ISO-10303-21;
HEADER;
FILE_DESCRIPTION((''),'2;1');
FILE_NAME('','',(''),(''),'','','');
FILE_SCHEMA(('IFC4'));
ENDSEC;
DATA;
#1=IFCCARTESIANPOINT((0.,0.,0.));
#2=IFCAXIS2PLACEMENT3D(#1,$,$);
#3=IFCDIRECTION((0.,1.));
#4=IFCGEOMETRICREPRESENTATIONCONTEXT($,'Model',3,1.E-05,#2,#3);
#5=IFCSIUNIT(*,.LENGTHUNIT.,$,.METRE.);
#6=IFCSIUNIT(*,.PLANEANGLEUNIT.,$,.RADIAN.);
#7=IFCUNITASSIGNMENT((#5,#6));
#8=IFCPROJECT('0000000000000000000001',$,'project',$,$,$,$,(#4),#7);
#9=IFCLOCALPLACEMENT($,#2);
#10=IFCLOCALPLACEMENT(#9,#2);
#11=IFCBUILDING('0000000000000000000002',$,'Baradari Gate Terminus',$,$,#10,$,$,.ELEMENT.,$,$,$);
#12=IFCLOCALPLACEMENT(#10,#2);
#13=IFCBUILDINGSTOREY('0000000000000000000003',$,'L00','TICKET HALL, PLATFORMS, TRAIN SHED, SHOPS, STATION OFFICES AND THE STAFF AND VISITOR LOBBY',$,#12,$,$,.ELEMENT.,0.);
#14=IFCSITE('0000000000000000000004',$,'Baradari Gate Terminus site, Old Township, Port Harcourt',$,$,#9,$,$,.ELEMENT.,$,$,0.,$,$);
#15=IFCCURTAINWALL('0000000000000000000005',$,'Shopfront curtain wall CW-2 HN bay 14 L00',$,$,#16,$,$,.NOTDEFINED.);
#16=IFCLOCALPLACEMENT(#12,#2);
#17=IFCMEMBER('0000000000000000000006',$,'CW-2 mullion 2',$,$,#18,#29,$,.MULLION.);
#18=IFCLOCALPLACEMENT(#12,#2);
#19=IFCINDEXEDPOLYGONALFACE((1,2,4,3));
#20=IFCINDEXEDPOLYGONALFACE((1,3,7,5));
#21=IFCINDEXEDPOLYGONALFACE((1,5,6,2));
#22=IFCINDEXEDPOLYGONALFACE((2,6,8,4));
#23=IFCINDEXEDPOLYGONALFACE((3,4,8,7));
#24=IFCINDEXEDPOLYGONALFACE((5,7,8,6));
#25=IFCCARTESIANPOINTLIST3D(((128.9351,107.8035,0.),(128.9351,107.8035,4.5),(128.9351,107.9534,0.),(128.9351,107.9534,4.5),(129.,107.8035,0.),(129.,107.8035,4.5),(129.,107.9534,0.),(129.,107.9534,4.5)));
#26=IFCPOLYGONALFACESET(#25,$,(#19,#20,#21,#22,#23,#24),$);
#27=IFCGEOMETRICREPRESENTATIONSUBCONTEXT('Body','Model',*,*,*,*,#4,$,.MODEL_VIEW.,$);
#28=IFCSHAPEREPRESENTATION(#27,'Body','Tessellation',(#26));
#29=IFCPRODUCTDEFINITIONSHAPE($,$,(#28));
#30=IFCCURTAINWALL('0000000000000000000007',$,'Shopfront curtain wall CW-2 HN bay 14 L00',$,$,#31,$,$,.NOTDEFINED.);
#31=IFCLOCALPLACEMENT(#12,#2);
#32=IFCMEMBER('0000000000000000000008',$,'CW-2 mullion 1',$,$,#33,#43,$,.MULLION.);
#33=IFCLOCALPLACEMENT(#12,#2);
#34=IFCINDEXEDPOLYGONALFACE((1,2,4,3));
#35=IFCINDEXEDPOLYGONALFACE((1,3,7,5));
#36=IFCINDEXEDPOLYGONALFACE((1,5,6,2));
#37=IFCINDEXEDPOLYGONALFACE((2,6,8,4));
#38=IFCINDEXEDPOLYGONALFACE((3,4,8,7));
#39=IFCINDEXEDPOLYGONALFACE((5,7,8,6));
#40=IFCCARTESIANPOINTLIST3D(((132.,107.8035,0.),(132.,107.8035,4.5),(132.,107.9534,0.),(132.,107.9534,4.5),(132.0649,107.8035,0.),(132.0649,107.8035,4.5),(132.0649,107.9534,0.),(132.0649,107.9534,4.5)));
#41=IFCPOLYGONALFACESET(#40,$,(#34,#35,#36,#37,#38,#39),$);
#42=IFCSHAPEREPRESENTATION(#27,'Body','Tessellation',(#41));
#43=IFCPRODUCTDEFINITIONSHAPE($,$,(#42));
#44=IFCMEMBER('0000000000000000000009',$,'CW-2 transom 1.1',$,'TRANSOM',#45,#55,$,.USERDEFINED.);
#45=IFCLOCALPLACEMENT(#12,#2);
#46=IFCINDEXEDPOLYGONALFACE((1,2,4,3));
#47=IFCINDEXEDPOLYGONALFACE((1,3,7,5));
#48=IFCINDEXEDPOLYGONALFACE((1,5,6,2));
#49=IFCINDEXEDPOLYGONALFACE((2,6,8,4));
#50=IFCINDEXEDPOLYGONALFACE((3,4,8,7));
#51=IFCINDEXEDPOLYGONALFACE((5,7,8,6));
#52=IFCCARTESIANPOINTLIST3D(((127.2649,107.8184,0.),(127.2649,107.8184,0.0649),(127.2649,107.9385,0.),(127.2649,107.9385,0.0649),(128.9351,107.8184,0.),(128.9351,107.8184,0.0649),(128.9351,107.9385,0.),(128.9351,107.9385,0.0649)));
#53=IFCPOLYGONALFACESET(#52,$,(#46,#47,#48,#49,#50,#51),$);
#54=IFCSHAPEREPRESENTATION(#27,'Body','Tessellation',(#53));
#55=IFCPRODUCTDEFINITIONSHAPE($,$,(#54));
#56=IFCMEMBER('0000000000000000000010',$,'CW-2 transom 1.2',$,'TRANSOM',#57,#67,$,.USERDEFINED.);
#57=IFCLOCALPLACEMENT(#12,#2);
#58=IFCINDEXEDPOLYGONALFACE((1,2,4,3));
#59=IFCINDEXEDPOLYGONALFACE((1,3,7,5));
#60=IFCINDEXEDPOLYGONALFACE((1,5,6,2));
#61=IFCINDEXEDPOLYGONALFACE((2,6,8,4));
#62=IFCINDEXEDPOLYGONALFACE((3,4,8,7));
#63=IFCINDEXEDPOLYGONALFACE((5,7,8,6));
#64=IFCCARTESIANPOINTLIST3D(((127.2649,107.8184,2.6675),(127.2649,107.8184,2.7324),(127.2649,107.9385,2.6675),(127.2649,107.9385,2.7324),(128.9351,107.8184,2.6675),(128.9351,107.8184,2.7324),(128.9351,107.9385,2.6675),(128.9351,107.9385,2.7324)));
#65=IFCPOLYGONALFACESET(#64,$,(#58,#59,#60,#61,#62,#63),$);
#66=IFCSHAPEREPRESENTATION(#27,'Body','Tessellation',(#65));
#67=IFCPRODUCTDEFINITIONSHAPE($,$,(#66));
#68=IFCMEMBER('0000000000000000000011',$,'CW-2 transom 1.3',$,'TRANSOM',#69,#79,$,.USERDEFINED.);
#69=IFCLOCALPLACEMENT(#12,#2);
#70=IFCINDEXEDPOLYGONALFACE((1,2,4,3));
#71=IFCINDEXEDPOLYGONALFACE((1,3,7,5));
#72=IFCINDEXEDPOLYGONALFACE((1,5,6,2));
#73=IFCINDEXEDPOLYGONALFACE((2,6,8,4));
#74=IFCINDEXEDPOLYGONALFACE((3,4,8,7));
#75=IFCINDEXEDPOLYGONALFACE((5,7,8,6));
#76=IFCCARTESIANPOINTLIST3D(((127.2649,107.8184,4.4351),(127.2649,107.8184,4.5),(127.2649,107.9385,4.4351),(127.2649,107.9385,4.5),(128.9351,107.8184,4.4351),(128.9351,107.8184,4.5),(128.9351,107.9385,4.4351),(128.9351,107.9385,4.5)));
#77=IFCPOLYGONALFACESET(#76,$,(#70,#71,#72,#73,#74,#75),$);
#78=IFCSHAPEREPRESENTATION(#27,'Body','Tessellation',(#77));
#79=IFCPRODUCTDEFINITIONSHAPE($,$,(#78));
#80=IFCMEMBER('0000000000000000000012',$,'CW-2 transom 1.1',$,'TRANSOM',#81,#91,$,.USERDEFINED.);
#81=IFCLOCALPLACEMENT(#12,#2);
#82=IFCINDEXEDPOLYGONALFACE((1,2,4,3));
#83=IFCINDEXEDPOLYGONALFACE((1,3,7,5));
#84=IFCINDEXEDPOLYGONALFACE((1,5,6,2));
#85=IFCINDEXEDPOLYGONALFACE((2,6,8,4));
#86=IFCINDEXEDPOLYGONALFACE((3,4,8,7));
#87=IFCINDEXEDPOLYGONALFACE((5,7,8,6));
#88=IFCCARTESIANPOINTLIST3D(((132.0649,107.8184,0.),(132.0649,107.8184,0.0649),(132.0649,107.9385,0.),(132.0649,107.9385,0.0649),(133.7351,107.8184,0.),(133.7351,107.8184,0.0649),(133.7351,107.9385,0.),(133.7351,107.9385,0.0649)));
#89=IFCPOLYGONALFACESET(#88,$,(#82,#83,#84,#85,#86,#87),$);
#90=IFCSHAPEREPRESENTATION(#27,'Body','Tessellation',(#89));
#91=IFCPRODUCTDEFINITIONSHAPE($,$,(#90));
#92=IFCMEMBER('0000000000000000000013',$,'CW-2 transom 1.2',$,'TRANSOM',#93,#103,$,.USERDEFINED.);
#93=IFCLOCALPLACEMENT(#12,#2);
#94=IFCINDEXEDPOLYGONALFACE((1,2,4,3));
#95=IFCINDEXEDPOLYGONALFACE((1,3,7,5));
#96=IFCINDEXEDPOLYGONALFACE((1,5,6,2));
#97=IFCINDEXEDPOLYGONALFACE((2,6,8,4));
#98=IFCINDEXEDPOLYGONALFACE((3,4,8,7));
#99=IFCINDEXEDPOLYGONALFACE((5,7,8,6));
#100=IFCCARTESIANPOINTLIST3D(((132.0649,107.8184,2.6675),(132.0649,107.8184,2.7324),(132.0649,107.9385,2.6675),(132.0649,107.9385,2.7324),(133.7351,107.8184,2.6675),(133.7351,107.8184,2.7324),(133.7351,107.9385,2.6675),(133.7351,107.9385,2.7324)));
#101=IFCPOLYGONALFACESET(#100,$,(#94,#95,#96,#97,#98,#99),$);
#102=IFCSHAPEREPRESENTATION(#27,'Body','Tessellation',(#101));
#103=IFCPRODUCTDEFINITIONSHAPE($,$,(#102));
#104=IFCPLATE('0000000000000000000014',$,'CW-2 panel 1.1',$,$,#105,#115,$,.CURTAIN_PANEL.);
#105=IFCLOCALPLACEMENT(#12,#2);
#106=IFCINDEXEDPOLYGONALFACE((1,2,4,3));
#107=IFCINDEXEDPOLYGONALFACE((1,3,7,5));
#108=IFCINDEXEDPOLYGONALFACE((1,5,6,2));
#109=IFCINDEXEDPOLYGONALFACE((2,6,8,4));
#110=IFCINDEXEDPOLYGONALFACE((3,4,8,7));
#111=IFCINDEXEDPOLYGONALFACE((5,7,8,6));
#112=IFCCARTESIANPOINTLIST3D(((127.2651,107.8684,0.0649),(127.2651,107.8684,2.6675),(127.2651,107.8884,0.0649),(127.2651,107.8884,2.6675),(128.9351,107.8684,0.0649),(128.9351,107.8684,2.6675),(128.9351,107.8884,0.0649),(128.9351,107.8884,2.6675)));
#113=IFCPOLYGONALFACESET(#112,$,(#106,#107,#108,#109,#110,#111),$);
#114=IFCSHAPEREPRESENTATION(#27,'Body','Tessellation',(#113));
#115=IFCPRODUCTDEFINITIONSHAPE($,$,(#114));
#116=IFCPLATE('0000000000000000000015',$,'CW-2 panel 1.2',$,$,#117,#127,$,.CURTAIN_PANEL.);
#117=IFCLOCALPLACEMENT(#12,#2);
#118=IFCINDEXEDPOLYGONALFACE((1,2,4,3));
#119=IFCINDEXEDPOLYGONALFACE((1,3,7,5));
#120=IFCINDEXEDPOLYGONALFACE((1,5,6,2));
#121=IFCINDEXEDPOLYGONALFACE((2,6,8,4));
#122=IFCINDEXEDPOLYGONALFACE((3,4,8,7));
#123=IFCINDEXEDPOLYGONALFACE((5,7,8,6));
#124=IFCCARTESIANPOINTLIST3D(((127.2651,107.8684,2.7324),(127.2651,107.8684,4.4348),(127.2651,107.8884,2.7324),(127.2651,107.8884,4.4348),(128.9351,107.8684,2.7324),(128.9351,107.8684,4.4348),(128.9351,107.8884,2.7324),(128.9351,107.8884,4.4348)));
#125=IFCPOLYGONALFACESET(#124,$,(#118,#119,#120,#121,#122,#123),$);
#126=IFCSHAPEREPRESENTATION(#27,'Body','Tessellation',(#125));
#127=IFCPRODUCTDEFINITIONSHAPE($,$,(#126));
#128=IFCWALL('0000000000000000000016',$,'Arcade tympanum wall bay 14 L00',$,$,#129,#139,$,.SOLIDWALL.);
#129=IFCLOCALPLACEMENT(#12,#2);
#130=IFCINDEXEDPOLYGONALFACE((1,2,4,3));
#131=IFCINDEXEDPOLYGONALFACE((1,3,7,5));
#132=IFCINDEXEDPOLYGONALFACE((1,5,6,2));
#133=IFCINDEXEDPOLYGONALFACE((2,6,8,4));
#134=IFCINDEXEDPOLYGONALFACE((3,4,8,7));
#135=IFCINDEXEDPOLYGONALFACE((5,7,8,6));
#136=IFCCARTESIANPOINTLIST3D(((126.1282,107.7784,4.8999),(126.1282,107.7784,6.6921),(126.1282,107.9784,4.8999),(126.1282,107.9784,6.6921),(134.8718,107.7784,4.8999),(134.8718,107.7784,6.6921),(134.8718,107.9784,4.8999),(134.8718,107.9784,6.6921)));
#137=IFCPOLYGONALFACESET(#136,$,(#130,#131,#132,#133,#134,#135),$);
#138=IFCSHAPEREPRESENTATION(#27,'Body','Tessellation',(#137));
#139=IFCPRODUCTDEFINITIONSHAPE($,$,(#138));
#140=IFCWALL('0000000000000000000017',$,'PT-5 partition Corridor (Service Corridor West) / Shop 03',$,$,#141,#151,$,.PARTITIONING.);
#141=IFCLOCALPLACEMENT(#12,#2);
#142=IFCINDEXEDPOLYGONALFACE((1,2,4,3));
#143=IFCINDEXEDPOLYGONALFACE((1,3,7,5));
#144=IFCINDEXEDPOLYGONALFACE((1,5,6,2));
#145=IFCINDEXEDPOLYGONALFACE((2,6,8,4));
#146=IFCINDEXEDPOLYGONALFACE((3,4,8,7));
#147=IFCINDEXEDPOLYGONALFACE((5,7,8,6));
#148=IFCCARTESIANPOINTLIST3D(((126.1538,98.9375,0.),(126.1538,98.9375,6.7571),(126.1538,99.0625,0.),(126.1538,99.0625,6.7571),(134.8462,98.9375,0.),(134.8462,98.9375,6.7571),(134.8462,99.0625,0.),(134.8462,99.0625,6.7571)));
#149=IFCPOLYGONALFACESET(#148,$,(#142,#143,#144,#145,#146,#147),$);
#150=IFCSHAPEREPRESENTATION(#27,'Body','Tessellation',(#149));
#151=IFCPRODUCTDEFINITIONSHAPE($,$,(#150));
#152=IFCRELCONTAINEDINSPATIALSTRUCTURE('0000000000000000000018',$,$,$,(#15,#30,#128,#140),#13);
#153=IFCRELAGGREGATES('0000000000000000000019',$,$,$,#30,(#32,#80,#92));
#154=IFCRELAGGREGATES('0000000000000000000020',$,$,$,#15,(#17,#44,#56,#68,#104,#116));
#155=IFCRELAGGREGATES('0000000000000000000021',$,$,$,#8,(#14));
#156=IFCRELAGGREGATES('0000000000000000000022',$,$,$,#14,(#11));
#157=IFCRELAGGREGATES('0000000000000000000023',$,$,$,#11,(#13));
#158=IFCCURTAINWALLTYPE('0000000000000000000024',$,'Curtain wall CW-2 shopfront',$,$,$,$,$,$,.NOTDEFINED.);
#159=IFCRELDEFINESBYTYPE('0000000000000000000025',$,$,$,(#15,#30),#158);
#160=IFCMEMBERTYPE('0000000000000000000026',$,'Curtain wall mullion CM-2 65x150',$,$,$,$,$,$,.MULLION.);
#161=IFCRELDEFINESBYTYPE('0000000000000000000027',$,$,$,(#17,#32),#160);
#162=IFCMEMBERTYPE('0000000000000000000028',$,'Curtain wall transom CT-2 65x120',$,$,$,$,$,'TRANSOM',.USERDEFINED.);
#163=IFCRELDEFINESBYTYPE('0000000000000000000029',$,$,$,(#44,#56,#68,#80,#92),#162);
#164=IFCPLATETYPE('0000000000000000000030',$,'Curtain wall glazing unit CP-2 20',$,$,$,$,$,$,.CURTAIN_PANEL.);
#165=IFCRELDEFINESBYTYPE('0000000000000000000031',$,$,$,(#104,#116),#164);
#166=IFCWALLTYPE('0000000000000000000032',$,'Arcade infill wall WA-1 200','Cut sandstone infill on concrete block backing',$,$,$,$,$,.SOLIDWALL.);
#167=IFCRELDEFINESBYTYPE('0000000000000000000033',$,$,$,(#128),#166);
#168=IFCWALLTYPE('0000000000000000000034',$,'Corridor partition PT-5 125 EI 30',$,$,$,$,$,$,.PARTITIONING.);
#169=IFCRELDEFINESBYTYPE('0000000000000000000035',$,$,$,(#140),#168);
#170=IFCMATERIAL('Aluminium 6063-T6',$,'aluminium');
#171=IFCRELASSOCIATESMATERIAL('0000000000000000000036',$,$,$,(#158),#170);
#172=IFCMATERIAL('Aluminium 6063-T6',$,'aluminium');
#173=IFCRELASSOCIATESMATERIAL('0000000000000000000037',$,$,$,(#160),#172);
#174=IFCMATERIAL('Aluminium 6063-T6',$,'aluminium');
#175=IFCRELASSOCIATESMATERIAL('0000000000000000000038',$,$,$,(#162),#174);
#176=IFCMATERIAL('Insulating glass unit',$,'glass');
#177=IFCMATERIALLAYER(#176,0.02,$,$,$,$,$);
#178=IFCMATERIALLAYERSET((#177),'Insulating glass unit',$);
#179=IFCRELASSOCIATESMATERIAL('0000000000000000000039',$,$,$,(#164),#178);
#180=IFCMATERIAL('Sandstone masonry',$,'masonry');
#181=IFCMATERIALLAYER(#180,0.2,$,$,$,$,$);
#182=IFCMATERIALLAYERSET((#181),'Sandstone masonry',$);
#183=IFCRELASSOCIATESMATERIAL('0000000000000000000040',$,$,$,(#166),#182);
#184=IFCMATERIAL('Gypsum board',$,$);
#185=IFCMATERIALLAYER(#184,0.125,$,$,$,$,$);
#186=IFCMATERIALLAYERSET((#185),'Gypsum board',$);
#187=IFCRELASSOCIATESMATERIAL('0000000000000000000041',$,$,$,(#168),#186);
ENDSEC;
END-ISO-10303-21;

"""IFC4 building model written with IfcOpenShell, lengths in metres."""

from ifc_helpers import new_model, si_unit, direction, frame, frame_2d, origin, origin_2d, place, context, subcontext, project, spatial, rectangle, extrude, material, layer, layer_set, material_profile, profile_set, type_object, element, aggregate, save


model = new_model("IFC4")

# Units and contexts
model_context = context("Model", 3, precision=1e-05, world=origin(), true_north=direction((0.0, 1.0)))
body_context = subcontext(model_context, "Body", "Model", "MODEL_VIEW")
ifc_project = project(units=[si_unit("LENGTHUNIT", "METRE"), si_unit("PLANEANGLEUNIT", "RADIAN")], contexts=[model_context])

# Site, building, storey
site_placement = place(None, origin())
site = spatial("IfcSite", under=ifc_project, at=site_placement, Name="Baradari Gate Terminus site, Old Township, Port Harcourt", CompositionType="ELEMENT", RefElevation=0.0)
building_placement = place(site_placement, origin())
building = spatial("IfcBuilding", under=site, at=building_placement, Name="Baradari Gate Terminus", CompositionType="ELEMENT")
storey_placement = place(building_placement, origin())
storey = spatial("IfcBuildingStorey", under=building, at=storey_placement, Name="L00", Description="TICKET HALL, PLATFORMS, TRAIN SHED, SHOPS, STATION OFFICES AND THE STAFF AND VISITOR LOBBY", CompositionType="ELEMENT", Elevation=0.0)

# Curtain wall, member
ifc_material_1 = material(Name="Aluminium 6063-T6", Category="aluminium")
curtain_wall_type = type_object("IfcCurtainWallType", Name="Curtain wall CW-2 shopfront", PredefinedType="NOTDEFINED", material=ifc_material_1)
curtain_wall_1_placement = place(storey_placement, origin())
curtain_wall_1 = element("IfcCurtainWall", 1, at=curtain_wall_1_placement, inside=storey, type_object=curtain_wall_type, Name="Shopfront curtain wall CW-2 HN bay 14 L00", PredefinedType="NOTDEFINED")
ifc_material_2 = material(Name="Aluminium 6063-T6", Category="aluminium")
ifc_material_profile_1 = material_profile(ifc_material_2, rectangle(XDim=0.1499, YDim=0.0649, at=origin_2d()), Name="CM-2 65X150")
ifc_profile_set_1 = profile_set([ifc_material_profile_1], Name="Aluminium 6063-T6")
member_type_1 = type_object("IfcMemberType", Name="Curtain wall mullion CM-2 65x150", PredefinedType="MULLION", material=ifc_profile_set_1)
member_1_placement = place(storey_placement, frame((128.9675, 107.8784, 0.0), z_axis=(0.0, 0.0, 1.0), x_axis=(0.0, 1.0, 0.0)))
member_1 = element("IfcMember", 2, at=member_1_placement, type_object=member_type_1, Name="CW-2 mullion 2", PredefinedType="MULLION", context=body_context, shape_type="SweptSolid", body=[
    extrude(rectangle(XDim=0.1499, YDim=0.0649, at=origin_2d()), origin(), (0.0, 0.0, 1.0), 4.5),
])

# Curtain wall, member
curtain_wall_2_placement = place(storey_placement, origin())
curtain_wall_2 = element("IfcCurtainWall", 3, at=curtain_wall_2_placement, inside=storey, type_object=curtain_wall_type, Name="Shopfront curtain wall CW-2 HN bay 14 L00", PredefinedType="NOTDEFINED")
member_2_placement = place(storey_placement, frame((132.0325, 107.8784, 0.0), z_axis=(0.0, 0.0, 1.0), x_axis=(0.0, 1.0, 0.0)))
member_2 = element("IfcMember", 4, at=member_2_placement, type_object=member_type_1, Name="CW-2 mullion 1", PredefinedType="MULLION", context=body_context, shape_type="SweptSolid", body=[
    extrude(rectangle(XDim=0.1499, YDim=0.0649, at=origin_2d()), origin(), (0.0, 0.0, 1.0), 4.5),
])

# Members
ifc_material_3 = material(Name="Aluminium 6063-T6", Category="aluminium")
ifc_material_profile_2 = material_profile(ifc_material_3, rectangle(XDim=0.1201, YDim=0.0649, at=origin_2d()), Name="CT-2 65X120")
ifc_profile_set_2 = profile_set([ifc_material_profile_2], Name="Aluminium 6063-T6")
member_type_2 = type_object("IfcMemberType", Name="Curtain wall transom CT-2 65x120", ElementType="TRANSOM", PredefinedType="USERDEFINED", material=ifc_profile_set_2)
member_3_placement = place(storey_placement, frame((127.2649, 107.8784, 0.0325), z_axis=(1.0, 0.0, 0.0), x_axis=(0.0, 1.0, 0.0)))
member_3 = element("IfcMember", 5, at=member_3_placement, type_object=member_type_2, Name="CW-2 transom 1.1", ObjectType="TRANSOM", PredefinedType="USERDEFINED", context=body_context, shape_type="SweptSolid", body=[
    extrude(rectangle(XDim=0.1201, YDim=0.0649, at=origin_2d()), origin(), (0.0, 0.0, 1.0), 1.6702),
])
member_4_placement = place(storey_placement, frame((127.2649, 107.8784, 2.7), z_axis=(1.0, 0.0, 0.0), x_axis=(0.0, 1.0, 0.0)))
member_4 = element("IfcMember", 6, at=member_4_placement, type_object=member_type_2, Name="CW-2 transom 1.2", ObjectType="TRANSOM", PredefinedType="USERDEFINED", context=body_context, shape_type="SweptSolid", body=[
    extrude(rectangle(XDim=0.1201, YDim=0.0649, at=origin_2d()), origin(), (0.0, 0.0, 1.0), 1.6702),
])
member_5_placement = place(storey_placement, frame((127.2649, 107.8784, 4.4675), z_axis=(1.0, 0.0, 0.0), x_axis=(0.0, 1.0, 0.0)))
member_5 = element("IfcMember", 7, at=member_5_placement, type_object=member_type_2, Name="CW-2 transom 1.3", ObjectType="TRANSOM", PredefinedType="USERDEFINED", context=body_context, shape_type="SweptSolid", body=[
    extrude(rectangle(XDim=0.1201, YDim=0.0649, at=origin_2d()), origin(), (0.0, 0.0, 1.0), 1.6702),
])
member_6_placement = place(storey_placement, frame((132.0649, 107.8784, 0.0325), z_axis=(1.0, 0.0, 0.0), x_axis=(0.0, 1.0, 0.0)))
member_6 = element("IfcMember", 8, at=member_6_placement, type_object=member_type_2, Name="CW-2 transom 1.1", ObjectType="TRANSOM", PredefinedType="USERDEFINED", context=body_context, shape_type="SweptSolid", body=[
    extrude(rectangle(XDim=0.1201, YDim=0.0649, at=origin_2d()), origin(), (0.0, 0.0, 1.0), 1.6702),
])
member_7_placement = place(storey_placement, frame((132.0649, 107.8784, 2.7), z_axis=(1.0, 0.0, 0.0), x_axis=(0.0, 1.0, 0.0)))
member_7 = element("IfcMember", 9, at=member_7_placement, type_object=member_type_2, Name="CW-2 transom 1.2", ObjectType="TRANSOM", PredefinedType="USERDEFINED", context=body_context, shape_type="SweptSolid", body=[
    extrude(rectangle(XDim=0.1201, YDim=0.0649, at=origin_2d()), origin(), (0.0, 0.0, 1.0), 1.6702),
])
aggregate(curtain_wall_2, [member_2, member_6, member_7])

# Plates
ifc_material_4 = material(Name="Insulating glass unit", Category="glass")
ifc_layer_1 = layer(ifc_material_4, 0.02)
ifc_layer_set_1 = layer_set([ifc_layer_1], Name="Insulating glass unit")
plate_type = type_object("IfcPlateType", Name="Curtain wall glazing unit CP-2 20", PredefinedType="CURTAIN_PANEL", material=ifc_layer_set_1)
plate_1_placement = place(storey_placement, frame((128.1001, 107.8784, 0.0649), z_axis=(0.0, 0.0, 1.0), x_axis=(1.0, 0.0, 0.0)))
plate_1 = element("IfcPlate", 10, at=plate_1_placement, type_object=plate_type, Name="CW-2 panel 1.1", PredefinedType="CURTAIN_PANEL", context=body_context, shape_type="SweptSolid", body=[
    extrude(rectangle(XDim=1.6699, YDim=0.02, at=origin_2d()), origin(), (0.0, 0.0, 1.0), 2.6025),
])
plate_2_placement = place(storey_placement, frame((128.1001, 107.8784, 2.7324), z_axis=(0.0, 0.0, 1.0), x_axis=(1.0, 0.0, 0.0)))
plate_2 = element("IfcPlate", 11, at=plate_2_placement, type_object=plate_type, Name="CW-2 panel 1.2", PredefinedType="CURTAIN_PANEL", context=body_context, shape_type="SweptSolid", body=[
    extrude(rectangle(XDim=1.6699, YDim=0.02, at=origin_2d()), origin(), (0.0, 0.0, 1.0), 1.7024),
])
aggregate(curtain_wall_1, [member_1, member_3, member_4, member_5, plate_1, plate_2])

# Walls
ifc_material_5 = material(Name="Sandstone masonry", Category="masonry")
ifc_layer_2 = layer(ifc_material_5, 0.2)
ifc_layer_set_2 = layer_set([ifc_layer_2], Name="Sandstone masonry")
wall_type_1 = type_object("IfcWallType", Name="Arcade infill wall WA-1 200", Description="Cut sandstone infill on concrete block backing", PredefinedType="SOLIDWALL", material=ifc_layer_set_2)
wall_1_placement = place(storey_placement, frame((126.1282, 107.8784, 4.8999), z_axis=(0.0, 0.0, 1.0), x_axis=(1.0, 0.0, 0.0)))
element("IfcWall", 12, at=wall_1_placement, inside=storey, type_object=wall_type_1, Name="Arcade tympanum wall bay 14 L00", PredefinedType="SOLIDWALL", context=body_context, shape_type="SweptSolid", body=[
    extrude(rectangle(XDim=8.7437, YDim=0.2, at=frame_2d((4.3718, 0.0))), origin(), (0.0, 0.0, 1.0), 1.7922),
])
ifc_material_6 = material(Name="Gypsum board")
ifc_layer_3 = layer(ifc_material_6, 0.125)
ifc_layer_set_3 = layer_set([ifc_layer_3], Name="Gypsum board")
wall_type_2 = type_object("IfcWallType", Name="Corridor partition PT-5 125 EI 30", PredefinedType="PARTITIONING", material=ifc_layer_set_3)
wall_2_placement = place(storey_placement, frame((126.1538, 99.0, 0.0), z_axis=(0.0, 0.0, 1.0), x_axis=(1.0, 0.0, 0.0)))
element("IfcWall", 13, at=wall_2_placement, inside=storey, type_object=wall_type_2, Name="PT-5 partition Corridor (Service Corridor West) / Shop 03", PredefinedType="PARTITIONING", context=body_context, shape_type="SweptSolid", body=[
    extrude(rectangle(XDim=8.6924, YDim=0.125, at=frame_2d((4.3462, 0.0))), origin(), (0.0, 0.0, 1.0), 6.7571),
])

save(model, "model.ifc")
